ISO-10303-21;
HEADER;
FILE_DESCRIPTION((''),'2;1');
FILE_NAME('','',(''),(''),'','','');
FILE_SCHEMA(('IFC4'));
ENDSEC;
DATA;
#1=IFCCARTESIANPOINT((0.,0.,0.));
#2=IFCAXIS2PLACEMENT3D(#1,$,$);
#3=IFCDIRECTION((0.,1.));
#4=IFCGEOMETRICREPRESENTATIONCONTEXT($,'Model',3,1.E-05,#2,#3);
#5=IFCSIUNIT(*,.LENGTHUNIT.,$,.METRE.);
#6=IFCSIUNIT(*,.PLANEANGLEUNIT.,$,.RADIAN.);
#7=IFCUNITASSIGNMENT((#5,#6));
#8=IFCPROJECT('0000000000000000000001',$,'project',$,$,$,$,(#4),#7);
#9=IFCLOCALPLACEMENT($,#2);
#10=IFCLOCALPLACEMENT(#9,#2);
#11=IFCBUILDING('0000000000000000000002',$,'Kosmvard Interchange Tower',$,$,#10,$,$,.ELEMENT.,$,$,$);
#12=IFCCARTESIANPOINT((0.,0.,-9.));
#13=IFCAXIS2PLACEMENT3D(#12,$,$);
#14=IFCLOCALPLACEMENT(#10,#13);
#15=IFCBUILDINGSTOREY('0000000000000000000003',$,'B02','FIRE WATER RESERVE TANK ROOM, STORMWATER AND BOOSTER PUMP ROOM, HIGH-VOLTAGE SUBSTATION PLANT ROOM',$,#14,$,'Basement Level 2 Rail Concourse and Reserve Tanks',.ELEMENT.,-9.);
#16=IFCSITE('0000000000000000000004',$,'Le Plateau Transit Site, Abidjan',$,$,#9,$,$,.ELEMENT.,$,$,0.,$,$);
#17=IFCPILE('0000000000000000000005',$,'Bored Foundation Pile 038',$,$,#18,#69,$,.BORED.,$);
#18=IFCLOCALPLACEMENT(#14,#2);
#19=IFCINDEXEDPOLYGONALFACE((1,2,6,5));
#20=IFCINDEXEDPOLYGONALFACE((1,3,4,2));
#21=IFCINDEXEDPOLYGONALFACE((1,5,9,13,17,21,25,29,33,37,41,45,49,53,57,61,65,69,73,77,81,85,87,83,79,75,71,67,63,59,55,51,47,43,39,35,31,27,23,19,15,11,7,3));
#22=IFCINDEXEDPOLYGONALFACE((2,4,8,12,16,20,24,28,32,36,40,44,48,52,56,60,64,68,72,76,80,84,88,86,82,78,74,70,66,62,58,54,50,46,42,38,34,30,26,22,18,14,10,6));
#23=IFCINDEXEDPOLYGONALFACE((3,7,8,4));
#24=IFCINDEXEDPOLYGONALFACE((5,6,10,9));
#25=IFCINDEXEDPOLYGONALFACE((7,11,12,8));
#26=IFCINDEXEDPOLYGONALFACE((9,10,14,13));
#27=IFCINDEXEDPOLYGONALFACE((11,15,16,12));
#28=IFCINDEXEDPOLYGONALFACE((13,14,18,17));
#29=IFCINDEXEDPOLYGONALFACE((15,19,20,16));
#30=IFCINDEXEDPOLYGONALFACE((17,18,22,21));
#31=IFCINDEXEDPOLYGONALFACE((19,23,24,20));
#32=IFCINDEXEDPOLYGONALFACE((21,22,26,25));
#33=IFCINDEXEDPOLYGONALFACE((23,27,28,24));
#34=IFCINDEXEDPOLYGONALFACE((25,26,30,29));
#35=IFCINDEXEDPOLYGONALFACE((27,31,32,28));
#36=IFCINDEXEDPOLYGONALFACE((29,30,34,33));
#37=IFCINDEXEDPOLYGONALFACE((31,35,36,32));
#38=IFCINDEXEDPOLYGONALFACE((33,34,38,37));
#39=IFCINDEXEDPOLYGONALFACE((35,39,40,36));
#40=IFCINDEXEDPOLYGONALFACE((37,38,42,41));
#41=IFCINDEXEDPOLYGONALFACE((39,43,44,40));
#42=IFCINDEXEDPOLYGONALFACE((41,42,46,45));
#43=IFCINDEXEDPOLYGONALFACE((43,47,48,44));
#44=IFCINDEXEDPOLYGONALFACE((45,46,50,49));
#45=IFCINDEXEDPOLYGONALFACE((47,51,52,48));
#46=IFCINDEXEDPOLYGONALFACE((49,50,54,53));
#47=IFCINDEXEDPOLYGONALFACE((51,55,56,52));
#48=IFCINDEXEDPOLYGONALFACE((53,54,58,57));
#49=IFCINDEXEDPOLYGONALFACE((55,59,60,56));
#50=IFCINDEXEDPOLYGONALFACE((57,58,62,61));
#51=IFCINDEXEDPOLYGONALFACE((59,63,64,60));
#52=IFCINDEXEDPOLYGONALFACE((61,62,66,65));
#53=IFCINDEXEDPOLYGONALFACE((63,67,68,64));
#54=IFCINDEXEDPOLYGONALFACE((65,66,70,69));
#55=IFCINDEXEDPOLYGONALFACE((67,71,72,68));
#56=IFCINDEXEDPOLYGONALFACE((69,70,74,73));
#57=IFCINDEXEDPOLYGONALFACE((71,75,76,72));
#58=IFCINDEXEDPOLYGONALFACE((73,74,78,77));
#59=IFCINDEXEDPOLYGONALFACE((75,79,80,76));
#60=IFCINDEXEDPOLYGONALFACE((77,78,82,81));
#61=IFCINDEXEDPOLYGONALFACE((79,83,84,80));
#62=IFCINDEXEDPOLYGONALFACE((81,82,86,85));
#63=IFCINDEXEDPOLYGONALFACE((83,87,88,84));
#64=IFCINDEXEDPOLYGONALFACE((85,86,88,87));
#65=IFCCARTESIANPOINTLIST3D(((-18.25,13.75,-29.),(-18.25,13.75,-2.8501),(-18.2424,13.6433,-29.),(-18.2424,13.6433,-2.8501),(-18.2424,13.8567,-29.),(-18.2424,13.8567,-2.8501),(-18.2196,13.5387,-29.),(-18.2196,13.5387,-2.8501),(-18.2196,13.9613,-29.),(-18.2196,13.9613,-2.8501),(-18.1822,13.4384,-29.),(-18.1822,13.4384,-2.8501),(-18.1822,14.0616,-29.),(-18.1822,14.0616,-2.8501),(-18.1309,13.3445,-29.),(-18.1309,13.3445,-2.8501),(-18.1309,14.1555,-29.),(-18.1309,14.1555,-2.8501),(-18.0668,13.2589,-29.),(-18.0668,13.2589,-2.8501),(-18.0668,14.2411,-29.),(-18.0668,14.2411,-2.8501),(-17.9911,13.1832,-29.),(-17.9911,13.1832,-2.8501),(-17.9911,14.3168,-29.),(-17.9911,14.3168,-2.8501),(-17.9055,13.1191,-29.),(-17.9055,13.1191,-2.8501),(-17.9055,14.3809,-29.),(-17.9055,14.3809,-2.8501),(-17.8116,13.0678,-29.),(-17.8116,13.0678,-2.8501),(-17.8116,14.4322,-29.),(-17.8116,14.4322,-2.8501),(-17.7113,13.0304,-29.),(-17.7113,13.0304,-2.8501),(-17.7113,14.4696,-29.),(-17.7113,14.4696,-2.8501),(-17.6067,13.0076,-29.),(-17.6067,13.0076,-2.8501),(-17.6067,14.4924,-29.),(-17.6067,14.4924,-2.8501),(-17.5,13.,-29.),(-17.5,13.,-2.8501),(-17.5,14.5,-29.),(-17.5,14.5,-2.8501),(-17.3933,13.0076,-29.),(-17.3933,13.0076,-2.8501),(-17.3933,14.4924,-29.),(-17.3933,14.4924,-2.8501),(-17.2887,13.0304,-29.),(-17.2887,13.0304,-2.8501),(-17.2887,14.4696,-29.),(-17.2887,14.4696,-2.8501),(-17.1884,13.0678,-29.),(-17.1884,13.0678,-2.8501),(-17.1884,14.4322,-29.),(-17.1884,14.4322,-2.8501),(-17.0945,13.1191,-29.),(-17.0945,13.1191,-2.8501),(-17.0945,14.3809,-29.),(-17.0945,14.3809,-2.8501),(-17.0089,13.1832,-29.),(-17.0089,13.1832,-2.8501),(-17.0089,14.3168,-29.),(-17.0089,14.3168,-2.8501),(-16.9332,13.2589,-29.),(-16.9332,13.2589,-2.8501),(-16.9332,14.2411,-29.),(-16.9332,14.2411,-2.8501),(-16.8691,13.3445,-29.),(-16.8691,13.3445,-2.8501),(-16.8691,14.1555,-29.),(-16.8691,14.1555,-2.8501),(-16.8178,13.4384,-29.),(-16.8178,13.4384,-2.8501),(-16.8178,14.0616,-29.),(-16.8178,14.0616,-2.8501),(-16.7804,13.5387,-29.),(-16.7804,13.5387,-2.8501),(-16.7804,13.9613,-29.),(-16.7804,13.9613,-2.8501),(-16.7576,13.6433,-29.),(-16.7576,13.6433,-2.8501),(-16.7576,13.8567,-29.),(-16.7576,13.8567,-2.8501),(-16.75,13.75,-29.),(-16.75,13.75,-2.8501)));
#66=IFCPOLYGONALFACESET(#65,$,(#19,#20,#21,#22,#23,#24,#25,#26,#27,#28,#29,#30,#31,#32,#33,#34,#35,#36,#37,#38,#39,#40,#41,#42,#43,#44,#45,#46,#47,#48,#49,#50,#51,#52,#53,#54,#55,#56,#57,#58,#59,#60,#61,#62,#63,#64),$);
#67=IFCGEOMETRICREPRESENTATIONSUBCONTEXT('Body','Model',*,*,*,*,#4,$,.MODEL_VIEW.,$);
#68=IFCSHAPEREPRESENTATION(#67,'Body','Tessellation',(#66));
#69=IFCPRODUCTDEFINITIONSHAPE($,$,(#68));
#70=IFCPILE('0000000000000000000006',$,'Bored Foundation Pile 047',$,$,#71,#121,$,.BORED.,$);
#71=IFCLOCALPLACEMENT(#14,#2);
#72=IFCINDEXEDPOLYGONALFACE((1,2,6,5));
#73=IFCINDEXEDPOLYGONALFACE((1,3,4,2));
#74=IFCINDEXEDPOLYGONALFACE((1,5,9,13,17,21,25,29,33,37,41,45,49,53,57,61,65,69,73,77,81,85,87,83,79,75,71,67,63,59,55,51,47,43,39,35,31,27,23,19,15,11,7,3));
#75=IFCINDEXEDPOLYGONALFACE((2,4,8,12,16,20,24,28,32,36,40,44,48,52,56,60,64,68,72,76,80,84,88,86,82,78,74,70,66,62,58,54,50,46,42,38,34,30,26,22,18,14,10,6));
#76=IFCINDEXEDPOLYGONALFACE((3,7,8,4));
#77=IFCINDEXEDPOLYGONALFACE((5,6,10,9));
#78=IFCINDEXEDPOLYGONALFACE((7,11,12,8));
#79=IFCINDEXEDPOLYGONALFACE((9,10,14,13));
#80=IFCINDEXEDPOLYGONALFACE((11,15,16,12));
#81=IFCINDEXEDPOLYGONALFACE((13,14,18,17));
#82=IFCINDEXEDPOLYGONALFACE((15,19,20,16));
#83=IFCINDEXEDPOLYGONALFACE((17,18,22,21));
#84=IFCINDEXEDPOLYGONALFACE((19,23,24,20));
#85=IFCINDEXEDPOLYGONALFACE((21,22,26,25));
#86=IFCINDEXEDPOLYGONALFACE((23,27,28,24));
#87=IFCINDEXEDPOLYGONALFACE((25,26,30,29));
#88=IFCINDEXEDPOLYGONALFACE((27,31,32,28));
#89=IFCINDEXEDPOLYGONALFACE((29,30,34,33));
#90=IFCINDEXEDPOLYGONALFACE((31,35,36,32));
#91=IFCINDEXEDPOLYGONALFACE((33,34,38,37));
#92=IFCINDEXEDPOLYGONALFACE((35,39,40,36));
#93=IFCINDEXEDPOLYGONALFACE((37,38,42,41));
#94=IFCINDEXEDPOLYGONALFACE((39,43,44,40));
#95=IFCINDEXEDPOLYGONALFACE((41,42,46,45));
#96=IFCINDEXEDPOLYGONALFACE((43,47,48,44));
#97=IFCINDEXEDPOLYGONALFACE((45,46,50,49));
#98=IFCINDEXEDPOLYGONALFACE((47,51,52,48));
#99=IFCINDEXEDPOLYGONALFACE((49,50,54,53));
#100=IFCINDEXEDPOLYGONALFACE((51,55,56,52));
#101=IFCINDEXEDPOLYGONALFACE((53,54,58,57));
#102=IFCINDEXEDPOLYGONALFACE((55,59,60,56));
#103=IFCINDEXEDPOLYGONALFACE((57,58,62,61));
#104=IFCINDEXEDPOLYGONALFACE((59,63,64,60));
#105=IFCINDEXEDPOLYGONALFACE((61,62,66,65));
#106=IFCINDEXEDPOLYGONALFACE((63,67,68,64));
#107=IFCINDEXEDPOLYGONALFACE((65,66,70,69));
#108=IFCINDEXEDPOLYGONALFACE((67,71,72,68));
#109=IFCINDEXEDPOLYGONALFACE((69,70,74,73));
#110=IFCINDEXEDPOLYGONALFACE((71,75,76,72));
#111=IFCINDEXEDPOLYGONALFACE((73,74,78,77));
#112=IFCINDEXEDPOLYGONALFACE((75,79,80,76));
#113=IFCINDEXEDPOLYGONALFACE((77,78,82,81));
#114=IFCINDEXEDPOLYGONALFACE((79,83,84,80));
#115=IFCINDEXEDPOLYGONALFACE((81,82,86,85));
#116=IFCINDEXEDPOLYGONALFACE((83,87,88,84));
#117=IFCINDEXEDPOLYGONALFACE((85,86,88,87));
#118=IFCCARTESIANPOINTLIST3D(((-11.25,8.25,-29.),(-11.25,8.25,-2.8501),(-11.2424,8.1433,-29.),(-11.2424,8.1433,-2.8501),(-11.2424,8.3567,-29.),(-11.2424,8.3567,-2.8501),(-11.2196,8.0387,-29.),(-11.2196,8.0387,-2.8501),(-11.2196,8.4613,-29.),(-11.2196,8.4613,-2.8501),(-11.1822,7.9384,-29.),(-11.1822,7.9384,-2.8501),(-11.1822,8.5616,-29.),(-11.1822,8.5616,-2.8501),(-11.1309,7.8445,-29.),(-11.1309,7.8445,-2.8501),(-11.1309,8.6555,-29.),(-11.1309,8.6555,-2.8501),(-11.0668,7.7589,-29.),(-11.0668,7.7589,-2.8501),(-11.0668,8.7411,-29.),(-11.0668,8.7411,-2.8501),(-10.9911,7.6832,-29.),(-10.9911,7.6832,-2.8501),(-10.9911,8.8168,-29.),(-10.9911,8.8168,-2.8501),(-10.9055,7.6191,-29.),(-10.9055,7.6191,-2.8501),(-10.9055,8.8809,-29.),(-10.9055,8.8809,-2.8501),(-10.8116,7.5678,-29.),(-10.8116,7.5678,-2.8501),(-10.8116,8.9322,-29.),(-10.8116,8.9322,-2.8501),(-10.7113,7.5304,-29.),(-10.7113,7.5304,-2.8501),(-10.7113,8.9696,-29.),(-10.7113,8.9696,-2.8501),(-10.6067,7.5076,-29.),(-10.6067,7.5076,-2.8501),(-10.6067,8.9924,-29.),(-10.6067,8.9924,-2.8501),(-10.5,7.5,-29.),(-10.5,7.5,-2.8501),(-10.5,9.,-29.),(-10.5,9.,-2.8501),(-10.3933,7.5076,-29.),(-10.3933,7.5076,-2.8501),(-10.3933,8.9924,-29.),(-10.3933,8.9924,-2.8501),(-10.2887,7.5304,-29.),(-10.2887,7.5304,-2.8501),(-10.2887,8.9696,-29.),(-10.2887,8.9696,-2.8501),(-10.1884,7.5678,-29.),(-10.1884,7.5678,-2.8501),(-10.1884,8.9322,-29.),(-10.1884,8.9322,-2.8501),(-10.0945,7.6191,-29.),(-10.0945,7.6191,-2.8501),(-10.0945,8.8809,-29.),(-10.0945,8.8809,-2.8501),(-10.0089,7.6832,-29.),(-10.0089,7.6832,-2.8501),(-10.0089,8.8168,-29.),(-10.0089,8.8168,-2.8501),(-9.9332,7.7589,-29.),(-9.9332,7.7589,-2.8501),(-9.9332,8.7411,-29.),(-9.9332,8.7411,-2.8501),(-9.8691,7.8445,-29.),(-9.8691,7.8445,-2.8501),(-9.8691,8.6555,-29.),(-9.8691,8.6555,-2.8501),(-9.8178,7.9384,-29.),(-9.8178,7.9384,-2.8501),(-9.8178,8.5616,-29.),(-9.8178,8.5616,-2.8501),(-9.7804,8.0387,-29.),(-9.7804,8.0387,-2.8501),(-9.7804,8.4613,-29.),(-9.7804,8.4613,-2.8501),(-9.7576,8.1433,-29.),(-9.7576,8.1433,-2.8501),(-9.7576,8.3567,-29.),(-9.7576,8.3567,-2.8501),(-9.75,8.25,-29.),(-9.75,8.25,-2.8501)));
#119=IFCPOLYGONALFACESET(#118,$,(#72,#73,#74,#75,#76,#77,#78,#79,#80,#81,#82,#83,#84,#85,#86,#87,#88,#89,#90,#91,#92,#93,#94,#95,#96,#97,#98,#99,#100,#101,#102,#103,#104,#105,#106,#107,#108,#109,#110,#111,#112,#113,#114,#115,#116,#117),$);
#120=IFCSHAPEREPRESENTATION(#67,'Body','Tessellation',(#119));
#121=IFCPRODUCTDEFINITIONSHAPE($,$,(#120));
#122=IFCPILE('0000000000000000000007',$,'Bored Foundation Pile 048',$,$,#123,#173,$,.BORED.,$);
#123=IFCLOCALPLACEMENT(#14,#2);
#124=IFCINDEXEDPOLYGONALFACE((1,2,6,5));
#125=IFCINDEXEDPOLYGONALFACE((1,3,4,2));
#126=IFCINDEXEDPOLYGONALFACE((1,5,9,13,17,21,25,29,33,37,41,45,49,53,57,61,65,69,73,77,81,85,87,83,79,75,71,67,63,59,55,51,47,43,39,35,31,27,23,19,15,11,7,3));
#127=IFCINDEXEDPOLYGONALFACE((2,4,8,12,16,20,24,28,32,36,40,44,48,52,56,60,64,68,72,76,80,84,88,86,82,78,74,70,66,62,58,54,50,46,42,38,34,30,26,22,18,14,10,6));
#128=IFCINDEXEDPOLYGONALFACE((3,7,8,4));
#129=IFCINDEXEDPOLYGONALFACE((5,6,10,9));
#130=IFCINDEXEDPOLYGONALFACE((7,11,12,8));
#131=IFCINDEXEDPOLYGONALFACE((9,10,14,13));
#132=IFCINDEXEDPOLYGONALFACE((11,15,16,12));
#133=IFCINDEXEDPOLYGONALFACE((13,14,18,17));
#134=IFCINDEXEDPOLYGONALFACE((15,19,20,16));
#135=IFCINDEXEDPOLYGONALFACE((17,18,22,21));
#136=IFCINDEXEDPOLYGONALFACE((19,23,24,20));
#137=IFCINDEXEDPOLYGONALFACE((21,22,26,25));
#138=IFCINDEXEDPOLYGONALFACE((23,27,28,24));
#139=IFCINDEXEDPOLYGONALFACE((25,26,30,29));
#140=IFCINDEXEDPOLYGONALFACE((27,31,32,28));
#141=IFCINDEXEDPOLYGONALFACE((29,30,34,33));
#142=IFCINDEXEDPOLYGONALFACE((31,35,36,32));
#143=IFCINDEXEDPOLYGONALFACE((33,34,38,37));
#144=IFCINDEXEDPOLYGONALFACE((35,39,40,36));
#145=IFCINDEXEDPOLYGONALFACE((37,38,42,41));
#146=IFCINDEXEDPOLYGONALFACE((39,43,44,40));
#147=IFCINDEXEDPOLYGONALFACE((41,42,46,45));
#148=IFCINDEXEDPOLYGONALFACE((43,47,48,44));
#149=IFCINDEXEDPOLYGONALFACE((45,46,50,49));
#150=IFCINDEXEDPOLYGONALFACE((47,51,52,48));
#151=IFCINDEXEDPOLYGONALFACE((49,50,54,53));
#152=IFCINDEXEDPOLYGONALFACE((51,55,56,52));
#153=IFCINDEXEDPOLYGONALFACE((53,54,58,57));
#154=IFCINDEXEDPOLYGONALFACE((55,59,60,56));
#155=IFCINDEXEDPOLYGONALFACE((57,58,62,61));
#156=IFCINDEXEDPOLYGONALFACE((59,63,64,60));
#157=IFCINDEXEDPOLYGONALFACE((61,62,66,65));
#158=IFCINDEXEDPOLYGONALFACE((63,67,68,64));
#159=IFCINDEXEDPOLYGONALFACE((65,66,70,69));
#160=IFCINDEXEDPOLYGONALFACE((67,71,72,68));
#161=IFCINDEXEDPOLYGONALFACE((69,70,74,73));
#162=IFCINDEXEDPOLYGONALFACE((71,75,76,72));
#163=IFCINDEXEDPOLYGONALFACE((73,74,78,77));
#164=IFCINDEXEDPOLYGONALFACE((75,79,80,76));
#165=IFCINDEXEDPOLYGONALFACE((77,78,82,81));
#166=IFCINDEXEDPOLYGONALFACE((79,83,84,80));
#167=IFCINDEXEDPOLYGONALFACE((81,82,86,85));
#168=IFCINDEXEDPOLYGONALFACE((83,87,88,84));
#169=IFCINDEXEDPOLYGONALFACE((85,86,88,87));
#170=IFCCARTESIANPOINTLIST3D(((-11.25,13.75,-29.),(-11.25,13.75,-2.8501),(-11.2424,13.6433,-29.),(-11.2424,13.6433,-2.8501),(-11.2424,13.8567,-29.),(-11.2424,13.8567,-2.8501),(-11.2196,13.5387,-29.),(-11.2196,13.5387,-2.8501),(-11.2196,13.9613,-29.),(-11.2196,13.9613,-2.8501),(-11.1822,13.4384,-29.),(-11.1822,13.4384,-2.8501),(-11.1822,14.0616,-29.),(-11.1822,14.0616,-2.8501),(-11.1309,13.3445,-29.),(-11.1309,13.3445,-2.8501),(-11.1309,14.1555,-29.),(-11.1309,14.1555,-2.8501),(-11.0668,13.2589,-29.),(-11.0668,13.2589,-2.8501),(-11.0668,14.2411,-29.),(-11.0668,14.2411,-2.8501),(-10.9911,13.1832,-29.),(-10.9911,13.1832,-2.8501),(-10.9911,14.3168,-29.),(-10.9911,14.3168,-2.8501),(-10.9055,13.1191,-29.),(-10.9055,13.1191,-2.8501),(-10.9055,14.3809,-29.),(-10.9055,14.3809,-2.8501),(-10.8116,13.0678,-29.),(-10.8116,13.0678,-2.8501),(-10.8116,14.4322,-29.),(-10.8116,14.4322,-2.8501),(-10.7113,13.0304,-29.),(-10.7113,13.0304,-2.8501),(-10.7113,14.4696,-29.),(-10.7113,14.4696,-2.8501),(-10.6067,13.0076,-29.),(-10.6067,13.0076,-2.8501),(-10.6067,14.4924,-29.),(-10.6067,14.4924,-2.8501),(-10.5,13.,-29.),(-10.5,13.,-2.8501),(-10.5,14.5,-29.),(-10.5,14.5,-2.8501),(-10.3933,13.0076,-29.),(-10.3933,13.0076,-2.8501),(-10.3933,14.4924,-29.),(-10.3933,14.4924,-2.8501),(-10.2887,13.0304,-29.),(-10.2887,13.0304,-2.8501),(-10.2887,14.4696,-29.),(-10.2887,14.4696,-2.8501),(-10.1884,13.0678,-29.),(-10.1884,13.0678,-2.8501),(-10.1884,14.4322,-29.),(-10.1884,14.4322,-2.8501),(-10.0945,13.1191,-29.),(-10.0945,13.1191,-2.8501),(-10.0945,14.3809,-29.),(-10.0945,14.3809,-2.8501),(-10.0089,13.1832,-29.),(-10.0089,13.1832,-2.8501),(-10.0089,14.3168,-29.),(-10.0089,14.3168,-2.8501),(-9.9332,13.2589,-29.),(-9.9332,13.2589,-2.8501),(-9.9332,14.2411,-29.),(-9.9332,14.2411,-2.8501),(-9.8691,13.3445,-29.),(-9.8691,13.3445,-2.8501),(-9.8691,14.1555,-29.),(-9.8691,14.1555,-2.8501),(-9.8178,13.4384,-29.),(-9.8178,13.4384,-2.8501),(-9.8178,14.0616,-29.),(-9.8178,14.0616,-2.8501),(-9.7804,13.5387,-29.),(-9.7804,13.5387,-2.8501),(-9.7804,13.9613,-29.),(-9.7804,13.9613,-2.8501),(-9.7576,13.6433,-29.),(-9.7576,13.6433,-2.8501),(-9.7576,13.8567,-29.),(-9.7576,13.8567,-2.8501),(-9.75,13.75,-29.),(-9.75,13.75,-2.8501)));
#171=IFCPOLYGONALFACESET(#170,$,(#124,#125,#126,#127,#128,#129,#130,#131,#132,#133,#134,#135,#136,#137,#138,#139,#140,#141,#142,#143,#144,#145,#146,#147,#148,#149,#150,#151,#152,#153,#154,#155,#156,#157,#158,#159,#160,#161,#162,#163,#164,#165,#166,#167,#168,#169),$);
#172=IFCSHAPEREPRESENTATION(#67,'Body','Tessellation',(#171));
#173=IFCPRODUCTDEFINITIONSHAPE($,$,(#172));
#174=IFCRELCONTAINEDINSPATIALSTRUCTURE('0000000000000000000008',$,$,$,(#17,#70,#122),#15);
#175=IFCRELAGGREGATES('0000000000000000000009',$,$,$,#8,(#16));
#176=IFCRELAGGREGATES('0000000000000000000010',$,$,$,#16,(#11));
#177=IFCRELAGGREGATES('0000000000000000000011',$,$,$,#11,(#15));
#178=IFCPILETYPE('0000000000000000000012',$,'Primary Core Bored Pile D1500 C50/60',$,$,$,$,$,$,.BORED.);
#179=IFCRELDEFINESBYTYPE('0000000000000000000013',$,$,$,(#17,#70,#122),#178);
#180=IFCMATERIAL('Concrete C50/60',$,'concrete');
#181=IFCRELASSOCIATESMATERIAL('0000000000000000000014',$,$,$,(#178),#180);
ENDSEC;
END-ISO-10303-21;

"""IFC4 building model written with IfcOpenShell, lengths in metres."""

from ifc_helpers import new_model, si_unit, direction, frame, origin, origin_2d, place, context, subcontext, project, spatial, circle, extrude, source, transform, mapped, material, material_profile, profile_set, type_object, element, save


model = new_model("IFC4")

# Units and contexts
model_context = context("Model", 3, precision=1e-05, world=origin(), true_north=direction((0.0, 1.0)))
body_context = subcontext(model_context, "Body", "Model", "MODEL_VIEW")
ifc_project = project(units=[si_unit("LENGTHUNIT", "METRE"), si_unit("PLANEANGLEUNIT", "RADIAN")], contexts=[model_context])

# Site, building, storey
site_placement = place(None, origin())
site = spatial("IfcSite", under=ifc_project, at=site_placement, Name="Le Plateau Transit Site, Abidjan", CompositionType="ELEMENT", RefElevation=0.0)
building_placement = place(site_placement, origin())
building = spatial("IfcBuilding", under=site, at=building_placement, Name="Kosmvard Interchange Tower", CompositionType="ELEMENT")
storey_placement = place(building_placement, frame((0.0, 0.0, -9.0)))
storey = spatial("IfcBuildingStorey", under=building, at=storey_placement, Name="B02", Description="FIRE WATER RESERVE TANK ROOM, STORMWATER AND BOOSTER PUMP ROOM, HIGH-VOLTAGE SUBSTATION PLANT ROOM", LongName="Basement Level 2 Rail Concourse and Reserve Tanks", CompositionType="ELEMENT", Elevation=-9.0)

# Piles
ifc_material_1 = material(Name="Concrete C50/60", Category="concrete")
ifc_material_profile_1 = material_profile(ifc_material_1, circle(Radius=0.75, at=origin_2d()), Name="PILE D1500")
ifc_profile_set_1 = profile_set([ifc_material_profile_1], Name="Concrete C50/60")
pile_type_1 = type_object("IfcPileType", Name="Primary Core Bored Pile D1500 C50/60", PredefinedType="BORED", material=ifc_profile_set_1)
shared_shape_1 = source(origin(), body_context, "Body", "SweptSolid", [
    extrude(circle(Radius=0.75, at=origin_2d()), origin(), (0.0, 0.0, 1.0), 26.1499),
])
for number, where, z_axis, x_axis, name in (
    (1, (-17.5, 13.75, -2.8501), (0.0, 0.0, -1.0), (1.0, 0.0, 0.0), "Bored Foundation Pile 038"),
    (2, (-10.5, 8.25, -2.8501), (0.0, 0.0, -1.0), (1.0, 0.0, 0.0), "Bored Foundation Pile 047"),
    (3, (-10.5, 13.75, -2.8501), (0.0, 0.0, -1.0), (1.0, 0.0, 0.0), "Bored Foundation Pile 048"),
):
    element("IfcPile", number, at=place(storey_placement, frame(where, z_axis=z_axis, x_axis=x_axis)), inside=storey, type_object=pile_type_1, Name=name, PredefinedType="BORED", context=body_context, shape_type="MappedRepresentation", body=[
        mapped(shared_shape_1, transform((0.0, 0.0, 0.0), scale=1.0)),
    ])

save(model, "model.ifc")
